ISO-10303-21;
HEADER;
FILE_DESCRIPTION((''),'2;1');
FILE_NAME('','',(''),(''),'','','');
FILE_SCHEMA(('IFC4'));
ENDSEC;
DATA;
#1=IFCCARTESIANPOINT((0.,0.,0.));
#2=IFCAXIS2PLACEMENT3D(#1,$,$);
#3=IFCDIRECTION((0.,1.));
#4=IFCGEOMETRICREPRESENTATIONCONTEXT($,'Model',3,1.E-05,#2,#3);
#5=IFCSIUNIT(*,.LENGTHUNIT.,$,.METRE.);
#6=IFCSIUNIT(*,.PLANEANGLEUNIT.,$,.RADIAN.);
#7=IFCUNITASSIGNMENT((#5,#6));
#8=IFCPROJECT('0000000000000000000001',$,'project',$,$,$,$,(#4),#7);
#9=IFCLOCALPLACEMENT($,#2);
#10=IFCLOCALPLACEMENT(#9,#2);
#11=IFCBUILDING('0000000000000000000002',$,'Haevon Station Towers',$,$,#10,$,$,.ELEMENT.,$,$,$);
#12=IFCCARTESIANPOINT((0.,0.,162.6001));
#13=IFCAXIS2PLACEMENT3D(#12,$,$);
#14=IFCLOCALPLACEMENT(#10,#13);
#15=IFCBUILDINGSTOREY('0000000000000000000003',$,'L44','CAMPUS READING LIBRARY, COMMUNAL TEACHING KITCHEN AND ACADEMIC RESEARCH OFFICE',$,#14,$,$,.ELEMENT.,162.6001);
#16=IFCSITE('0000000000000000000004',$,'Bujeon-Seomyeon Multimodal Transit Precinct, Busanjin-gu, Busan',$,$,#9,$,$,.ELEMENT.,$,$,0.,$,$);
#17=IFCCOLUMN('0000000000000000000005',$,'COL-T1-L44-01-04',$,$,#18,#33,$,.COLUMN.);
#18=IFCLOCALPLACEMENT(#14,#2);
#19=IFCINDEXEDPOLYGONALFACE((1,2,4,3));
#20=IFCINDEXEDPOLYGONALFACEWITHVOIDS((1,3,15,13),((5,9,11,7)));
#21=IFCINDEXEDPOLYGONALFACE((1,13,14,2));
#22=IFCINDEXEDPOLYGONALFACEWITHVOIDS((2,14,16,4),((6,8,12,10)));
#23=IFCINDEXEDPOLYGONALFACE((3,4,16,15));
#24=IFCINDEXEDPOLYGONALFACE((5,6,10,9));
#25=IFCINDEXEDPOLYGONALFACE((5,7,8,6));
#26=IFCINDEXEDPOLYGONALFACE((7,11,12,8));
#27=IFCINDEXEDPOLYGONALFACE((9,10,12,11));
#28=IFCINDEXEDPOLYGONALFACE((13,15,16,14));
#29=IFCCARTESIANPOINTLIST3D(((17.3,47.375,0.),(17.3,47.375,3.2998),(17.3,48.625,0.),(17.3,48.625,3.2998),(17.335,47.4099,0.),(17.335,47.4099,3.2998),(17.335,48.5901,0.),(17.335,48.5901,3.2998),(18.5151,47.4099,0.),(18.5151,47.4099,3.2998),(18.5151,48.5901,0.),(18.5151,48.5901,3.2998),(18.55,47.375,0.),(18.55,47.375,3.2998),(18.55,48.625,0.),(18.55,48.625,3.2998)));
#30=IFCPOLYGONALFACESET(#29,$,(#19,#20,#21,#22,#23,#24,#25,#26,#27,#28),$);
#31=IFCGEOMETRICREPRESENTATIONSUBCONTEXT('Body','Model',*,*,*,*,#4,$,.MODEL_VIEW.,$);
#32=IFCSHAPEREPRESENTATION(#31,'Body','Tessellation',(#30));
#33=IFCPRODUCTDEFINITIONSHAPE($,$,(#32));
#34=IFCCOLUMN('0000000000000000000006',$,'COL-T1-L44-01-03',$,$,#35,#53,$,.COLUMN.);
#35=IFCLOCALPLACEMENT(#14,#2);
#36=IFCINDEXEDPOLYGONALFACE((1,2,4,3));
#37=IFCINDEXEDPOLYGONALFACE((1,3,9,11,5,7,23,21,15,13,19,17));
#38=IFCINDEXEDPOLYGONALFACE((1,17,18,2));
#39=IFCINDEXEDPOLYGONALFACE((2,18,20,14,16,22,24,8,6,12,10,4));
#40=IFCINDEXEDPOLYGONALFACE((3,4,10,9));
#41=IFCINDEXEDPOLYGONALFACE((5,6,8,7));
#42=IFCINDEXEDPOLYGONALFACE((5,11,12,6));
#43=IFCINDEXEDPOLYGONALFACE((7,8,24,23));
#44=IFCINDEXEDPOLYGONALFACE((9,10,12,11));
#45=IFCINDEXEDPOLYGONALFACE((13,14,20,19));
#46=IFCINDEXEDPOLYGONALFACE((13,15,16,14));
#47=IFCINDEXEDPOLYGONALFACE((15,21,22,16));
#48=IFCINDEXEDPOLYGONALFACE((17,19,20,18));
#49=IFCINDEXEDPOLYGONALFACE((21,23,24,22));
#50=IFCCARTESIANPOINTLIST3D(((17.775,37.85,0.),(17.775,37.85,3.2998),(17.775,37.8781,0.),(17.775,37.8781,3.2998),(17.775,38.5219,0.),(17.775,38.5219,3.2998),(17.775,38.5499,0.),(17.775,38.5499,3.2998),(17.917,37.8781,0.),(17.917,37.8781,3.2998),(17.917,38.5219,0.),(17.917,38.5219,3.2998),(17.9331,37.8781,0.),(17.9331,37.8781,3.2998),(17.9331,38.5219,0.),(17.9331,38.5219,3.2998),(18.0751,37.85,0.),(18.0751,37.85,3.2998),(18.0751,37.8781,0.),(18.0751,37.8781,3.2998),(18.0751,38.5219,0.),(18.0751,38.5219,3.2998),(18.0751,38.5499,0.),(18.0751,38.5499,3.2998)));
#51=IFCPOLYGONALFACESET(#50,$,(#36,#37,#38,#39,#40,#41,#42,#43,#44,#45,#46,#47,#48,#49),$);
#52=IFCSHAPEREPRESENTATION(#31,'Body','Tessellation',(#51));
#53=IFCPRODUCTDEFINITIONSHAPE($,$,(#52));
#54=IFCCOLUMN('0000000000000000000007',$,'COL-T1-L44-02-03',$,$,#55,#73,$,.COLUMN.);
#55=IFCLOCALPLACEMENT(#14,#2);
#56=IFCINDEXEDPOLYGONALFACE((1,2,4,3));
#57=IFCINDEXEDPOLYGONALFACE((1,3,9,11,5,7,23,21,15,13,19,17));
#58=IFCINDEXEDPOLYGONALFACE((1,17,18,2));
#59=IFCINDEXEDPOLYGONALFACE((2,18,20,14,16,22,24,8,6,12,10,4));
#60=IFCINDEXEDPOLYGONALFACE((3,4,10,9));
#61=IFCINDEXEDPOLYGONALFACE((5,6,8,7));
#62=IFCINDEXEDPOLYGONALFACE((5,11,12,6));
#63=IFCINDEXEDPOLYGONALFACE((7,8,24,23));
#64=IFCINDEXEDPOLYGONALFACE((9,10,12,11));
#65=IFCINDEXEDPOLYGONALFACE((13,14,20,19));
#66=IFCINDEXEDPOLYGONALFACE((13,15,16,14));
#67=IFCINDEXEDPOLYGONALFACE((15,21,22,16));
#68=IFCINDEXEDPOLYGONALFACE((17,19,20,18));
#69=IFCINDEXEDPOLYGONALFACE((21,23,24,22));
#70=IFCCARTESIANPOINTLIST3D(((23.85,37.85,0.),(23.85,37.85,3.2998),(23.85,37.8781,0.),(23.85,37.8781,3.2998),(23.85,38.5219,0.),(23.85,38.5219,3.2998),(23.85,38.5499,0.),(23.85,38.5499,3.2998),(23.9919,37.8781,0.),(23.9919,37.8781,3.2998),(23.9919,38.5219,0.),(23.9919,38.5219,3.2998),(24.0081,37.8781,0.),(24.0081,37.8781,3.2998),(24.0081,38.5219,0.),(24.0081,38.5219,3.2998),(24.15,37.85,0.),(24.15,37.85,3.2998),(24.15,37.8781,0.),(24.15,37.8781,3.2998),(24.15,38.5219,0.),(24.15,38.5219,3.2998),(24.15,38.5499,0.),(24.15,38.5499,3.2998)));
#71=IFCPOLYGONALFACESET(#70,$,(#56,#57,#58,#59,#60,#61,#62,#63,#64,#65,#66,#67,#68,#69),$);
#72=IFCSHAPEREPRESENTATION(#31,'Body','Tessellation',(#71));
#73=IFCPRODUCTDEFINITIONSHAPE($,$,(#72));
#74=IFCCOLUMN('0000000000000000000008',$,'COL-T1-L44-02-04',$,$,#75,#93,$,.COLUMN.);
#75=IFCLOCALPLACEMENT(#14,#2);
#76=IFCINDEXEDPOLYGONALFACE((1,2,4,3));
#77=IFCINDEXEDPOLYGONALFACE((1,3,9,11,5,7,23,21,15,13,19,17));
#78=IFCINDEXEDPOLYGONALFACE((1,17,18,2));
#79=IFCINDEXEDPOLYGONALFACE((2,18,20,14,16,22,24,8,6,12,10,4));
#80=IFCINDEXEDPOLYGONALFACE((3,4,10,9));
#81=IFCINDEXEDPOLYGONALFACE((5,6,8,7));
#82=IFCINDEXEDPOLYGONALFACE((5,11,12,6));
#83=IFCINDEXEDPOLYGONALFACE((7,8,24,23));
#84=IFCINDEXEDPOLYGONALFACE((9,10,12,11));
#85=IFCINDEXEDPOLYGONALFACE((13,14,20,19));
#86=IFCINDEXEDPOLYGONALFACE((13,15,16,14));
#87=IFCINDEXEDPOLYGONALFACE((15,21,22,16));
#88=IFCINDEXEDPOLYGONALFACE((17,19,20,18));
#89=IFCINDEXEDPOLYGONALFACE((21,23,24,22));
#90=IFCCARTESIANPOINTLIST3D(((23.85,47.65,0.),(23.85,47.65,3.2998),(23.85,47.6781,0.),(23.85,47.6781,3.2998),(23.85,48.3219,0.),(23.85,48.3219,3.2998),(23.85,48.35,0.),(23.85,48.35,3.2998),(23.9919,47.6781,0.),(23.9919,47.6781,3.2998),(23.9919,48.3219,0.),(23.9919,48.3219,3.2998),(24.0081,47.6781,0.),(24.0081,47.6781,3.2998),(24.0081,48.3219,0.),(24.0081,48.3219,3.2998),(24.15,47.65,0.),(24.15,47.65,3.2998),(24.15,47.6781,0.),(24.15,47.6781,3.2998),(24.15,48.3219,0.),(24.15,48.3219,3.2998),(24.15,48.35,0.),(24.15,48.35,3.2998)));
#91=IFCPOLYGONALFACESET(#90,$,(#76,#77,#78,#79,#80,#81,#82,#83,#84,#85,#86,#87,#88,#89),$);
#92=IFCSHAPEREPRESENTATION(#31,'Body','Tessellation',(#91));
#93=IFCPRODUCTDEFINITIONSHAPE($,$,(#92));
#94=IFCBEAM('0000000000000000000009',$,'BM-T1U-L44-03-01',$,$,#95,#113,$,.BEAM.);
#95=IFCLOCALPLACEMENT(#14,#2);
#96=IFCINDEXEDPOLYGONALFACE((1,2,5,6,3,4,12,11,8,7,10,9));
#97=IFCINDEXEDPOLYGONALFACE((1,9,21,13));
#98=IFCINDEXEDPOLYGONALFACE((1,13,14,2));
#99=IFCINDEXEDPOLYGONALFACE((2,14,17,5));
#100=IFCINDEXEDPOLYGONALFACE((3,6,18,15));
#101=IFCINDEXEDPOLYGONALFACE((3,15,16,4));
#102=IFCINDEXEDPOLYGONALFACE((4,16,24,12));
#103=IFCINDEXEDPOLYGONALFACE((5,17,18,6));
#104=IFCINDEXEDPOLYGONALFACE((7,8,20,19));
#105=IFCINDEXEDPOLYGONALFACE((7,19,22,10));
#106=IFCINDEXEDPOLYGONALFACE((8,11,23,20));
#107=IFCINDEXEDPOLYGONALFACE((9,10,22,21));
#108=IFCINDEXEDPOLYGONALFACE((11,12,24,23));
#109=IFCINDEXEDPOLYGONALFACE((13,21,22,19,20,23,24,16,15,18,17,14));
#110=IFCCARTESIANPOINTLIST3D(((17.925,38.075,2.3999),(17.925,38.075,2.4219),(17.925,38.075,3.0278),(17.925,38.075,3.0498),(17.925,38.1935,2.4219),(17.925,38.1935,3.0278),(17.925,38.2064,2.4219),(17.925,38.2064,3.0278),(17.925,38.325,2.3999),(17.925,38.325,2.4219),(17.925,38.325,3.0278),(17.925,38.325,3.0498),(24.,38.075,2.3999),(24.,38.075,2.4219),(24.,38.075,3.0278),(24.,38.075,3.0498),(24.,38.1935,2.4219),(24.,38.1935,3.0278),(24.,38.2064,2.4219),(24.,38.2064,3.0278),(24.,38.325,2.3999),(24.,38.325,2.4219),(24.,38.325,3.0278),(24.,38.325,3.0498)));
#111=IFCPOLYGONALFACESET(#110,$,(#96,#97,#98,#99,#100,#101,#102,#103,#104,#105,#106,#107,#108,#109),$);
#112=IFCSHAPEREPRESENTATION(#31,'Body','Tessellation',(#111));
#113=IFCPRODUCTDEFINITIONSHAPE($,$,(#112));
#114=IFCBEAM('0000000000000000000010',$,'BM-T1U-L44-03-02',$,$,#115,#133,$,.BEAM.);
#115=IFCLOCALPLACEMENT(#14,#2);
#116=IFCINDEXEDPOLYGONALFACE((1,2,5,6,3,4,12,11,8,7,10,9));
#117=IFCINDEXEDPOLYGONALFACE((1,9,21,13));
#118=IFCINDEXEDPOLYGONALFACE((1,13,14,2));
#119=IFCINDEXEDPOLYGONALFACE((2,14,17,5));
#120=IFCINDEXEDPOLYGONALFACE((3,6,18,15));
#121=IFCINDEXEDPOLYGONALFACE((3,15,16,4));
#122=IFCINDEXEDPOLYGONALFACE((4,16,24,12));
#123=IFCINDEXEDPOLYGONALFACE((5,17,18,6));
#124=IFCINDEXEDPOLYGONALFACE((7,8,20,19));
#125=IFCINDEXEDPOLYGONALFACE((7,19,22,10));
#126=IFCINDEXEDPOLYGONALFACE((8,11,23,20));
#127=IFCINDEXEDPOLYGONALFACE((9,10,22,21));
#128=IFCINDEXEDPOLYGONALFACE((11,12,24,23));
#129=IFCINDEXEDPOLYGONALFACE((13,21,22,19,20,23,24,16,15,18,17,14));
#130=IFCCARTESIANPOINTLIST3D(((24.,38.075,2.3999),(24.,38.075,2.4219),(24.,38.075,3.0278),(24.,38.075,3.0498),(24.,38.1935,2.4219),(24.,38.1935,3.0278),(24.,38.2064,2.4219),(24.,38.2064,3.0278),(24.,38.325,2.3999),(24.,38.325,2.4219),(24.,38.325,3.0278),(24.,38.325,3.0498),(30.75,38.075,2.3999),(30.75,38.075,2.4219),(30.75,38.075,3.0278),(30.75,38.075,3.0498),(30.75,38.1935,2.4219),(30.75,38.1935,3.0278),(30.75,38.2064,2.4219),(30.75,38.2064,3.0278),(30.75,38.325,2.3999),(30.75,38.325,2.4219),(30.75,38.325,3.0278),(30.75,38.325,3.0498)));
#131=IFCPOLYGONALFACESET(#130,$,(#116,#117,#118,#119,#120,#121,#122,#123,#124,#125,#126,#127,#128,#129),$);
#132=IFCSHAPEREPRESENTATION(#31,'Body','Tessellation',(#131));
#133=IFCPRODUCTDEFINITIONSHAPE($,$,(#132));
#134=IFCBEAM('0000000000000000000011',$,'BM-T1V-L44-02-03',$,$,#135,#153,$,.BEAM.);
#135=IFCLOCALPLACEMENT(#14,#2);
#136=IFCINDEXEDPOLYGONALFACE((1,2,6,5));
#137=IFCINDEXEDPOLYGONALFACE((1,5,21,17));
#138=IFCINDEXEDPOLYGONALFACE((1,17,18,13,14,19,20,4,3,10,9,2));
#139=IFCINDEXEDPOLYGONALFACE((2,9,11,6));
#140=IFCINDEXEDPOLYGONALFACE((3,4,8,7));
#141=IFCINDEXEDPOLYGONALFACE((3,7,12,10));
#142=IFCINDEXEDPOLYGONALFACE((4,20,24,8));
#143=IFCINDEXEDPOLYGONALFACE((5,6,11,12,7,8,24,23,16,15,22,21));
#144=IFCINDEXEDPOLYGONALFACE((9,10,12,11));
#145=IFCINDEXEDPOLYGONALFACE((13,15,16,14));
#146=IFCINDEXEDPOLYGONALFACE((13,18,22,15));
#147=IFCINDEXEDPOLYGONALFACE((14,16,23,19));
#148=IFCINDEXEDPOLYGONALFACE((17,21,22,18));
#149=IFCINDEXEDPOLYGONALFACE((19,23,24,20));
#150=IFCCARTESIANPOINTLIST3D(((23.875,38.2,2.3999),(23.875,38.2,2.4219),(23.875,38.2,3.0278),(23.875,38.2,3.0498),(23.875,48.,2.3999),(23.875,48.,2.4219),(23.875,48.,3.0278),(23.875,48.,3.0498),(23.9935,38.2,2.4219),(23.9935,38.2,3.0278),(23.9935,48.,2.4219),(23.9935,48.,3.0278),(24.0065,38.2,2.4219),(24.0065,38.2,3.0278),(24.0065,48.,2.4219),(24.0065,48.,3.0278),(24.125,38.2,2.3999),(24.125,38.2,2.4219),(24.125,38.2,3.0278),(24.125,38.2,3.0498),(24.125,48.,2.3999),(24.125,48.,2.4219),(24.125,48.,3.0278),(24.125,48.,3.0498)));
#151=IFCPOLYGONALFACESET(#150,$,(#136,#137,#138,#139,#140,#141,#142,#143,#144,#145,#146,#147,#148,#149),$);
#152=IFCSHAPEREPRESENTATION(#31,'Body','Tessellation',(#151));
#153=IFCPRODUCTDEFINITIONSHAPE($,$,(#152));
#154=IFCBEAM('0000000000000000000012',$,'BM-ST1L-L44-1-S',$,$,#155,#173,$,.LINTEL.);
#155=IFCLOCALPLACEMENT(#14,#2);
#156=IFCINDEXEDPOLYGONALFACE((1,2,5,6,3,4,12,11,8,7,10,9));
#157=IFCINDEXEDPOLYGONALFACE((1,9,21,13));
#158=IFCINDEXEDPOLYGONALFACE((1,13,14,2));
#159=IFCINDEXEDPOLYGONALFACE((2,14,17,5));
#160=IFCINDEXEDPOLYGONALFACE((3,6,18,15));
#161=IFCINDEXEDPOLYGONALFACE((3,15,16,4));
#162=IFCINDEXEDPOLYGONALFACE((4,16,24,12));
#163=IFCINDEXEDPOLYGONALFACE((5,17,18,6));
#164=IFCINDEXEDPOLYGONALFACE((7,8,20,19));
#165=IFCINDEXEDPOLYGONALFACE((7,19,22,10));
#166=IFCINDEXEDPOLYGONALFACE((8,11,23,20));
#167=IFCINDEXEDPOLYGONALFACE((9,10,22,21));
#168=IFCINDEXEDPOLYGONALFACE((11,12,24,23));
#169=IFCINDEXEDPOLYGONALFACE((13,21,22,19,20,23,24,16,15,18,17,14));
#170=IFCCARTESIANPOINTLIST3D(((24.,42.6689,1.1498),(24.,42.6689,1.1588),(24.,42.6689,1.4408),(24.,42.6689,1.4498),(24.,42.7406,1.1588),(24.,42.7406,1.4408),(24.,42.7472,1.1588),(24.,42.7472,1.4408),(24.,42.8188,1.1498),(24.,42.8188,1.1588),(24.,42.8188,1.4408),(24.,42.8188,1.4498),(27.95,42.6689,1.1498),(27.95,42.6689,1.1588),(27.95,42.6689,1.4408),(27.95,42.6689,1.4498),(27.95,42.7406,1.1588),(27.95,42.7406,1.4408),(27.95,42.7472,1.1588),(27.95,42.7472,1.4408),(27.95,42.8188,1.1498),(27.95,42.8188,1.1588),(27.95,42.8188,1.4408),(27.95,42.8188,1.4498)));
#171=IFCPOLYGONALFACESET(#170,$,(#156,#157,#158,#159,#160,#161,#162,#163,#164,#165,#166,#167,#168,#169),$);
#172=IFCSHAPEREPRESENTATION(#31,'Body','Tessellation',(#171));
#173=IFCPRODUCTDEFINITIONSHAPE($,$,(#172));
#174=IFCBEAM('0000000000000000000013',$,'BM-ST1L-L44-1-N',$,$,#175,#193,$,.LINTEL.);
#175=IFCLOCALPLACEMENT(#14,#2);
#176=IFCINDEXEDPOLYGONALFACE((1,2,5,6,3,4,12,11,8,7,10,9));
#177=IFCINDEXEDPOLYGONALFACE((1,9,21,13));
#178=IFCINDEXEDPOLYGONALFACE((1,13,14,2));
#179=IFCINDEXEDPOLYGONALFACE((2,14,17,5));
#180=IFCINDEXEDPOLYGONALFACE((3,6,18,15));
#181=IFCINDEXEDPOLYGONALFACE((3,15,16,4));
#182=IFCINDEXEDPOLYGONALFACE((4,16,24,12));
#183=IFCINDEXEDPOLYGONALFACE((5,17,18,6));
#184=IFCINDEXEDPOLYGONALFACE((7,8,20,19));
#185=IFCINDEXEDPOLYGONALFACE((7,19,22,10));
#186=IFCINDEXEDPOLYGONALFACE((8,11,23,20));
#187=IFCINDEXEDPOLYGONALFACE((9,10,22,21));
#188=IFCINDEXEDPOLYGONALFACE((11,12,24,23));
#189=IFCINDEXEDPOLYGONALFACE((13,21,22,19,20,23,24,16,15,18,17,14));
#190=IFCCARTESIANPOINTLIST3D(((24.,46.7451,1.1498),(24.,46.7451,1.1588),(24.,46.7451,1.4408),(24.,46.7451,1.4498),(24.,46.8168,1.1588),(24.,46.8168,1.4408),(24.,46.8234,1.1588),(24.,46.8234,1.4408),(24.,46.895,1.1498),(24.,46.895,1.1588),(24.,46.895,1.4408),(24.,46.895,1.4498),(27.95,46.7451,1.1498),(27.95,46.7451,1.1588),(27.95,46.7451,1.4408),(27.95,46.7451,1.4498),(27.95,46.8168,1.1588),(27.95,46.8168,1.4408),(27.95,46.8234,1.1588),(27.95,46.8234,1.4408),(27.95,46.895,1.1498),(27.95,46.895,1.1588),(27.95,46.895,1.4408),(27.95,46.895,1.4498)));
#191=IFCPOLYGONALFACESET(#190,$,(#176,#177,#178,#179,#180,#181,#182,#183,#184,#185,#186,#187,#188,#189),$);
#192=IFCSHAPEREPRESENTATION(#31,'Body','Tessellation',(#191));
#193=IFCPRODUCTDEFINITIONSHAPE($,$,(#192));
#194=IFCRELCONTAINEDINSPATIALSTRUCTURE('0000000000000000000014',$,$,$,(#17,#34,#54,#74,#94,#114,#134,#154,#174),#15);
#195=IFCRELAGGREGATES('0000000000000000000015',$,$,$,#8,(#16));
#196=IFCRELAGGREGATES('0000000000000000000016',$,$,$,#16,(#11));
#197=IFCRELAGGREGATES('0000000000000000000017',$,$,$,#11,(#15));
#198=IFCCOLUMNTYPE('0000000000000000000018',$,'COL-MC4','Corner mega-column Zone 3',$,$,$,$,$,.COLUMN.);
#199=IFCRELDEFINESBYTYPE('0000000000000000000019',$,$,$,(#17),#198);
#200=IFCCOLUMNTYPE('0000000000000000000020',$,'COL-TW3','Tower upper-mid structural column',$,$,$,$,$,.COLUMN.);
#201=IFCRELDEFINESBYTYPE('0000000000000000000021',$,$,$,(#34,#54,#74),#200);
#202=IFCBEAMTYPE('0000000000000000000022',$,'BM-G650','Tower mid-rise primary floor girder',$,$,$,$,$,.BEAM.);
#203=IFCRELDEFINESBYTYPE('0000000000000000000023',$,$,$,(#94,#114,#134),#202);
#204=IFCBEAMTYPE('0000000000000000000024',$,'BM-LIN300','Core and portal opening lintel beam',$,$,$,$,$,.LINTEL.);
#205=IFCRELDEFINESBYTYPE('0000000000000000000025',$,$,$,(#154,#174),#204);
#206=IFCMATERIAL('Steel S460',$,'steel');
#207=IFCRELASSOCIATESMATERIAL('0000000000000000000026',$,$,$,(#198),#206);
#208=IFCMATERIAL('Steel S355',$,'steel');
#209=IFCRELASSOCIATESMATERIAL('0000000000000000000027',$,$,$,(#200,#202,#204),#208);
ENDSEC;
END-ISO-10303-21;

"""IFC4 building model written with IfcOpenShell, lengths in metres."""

from ifc_helpers import new_model, si_unit, direction, frame, origin, origin_2d, place, context, subcontext, project, spatial, hollow_rectangle, i_section, extrude, material, material_profile, profile_set, type_object, element, save


model = new_model("IFC4")

# Units and contexts
model_context = context("Model", 3, precision=1e-05, world=origin(), true_north=direction((0.0, 1.0)))
body_context = subcontext(model_context, "Body", "Model", "MODEL_VIEW")
ifc_project = project(units=[si_unit("LENGTHUNIT", "METRE"), si_unit("PLANEANGLEUNIT", "RADIAN")], contexts=[model_context])

# Site, building, storey
site_placement = place(None, origin())
site = spatial("IfcSite", under=ifc_project, at=site_placement, Name="Bujeon-Seomyeon Multimodal Transit Precinct, Busanjin-gu, Busan", CompositionType="ELEMENT", RefElevation=0.0)
building_placement = place(site_placement, origin())
building = spatial("IfcBuilding", under=site, at=building_placement, Name="Haevon Station Towers", CompositionType="ELEMENT")
storey_placement = place(building_placement, frame((0.0, 0.0, 162.6001)))
storey = spatial("IfcBuildingStorey", under=building, at=storey_placement, Name="L44", Description="CAMPUS READING LIBRARY, COMMUNAL TEACHING KITCHEN AND ACADEMIC RESEARCH OFFICE", CompositionType="ELEMENT", Elevation=162.6001)

# Columns
ifc_material_1 = material(Name="Steel S460", Category="steel")
ifc_material_profile_1 = material_profile(ifc_material_1, hollow_rectangle(XDim=1.25, YDim=1.25, WallThickness=0.0349, at=origin_2d()), Name="BOX-1250x1250x35")
ifc_profile_set_1 = profile_set([ifc_material_profile_1], Name="Steel S460")
column_type_1 = type_object("IfcColumnType", Name="COL-MC4", Description="Corner mega-column Zone 3", PredefinedType="COLUMN", material=ifc_profile_set_1)
column_placement = place(storey_placement, frame((17.925, 48.0, 0.0), z_axis=(0.0, 0.0, 1.0), x_axis=(1.0, 0.0, 0.0)))
element("IfcColumn", 1, at=column_placement, inside=storey, type_object=column_type_1, Name="COL-T1-L44-01-04", PredefinedType="COLUMN", context=body_context, shape_type="SweptSolid", body=[
    extrude(hollow_rectangle(XDim=1.25, YDim=1.25, WallThickness=0.0349, at=origin_2d()), origin(), (0.0, 0.0, 1.0), 3.2998),
])
ifc_material_2 = material(Name="Steel S355", Category="steel")
ifc_material_profile_2 = material_profile(ifc_material_2, i_section(OverallWidth=0.3, OverallDepth=0.7, WebThickness=0.0161, FlangeThickness=0.0281, at=origin_2d()), Name="H-700x300x16x28")
ifc_profile_set_2 = profile_set([ifc_material_profile_2], Name="Steel S355")
column_type_2 = type_object("IfcColumnType", Name="COL-TW3", Description="Tower upper-mid structural column", PredefinedType="COLUMN", material=ifc_profile_set_2)
for number, where, z_axis, x_axis, name in (
    (2, (17.925, 38.2, 0.0), (0.0, 0.0, 1.0), (1.0, 0.0, 0.0), "COL-T1-L44-01-03"),
    (3, (24.0, 38.2, 0.0), (0.0, 0.0, 1.0), (1.0, 0.0, 0.0), "COL-T1-L44-02-03"),
    (4, (24.0, 48.0, 0.0), (0.0, 0.0, 1.0), (1.0, 0.0, 0.0), "COL-T1-L44-02-04"),
):
    element("IfcColumn", number, at=place(storey_placement, frame(where, z_axis=z_axis, x_axis=x_axis)), inside=storey, type_object=column_type_2, Name=name, PredefinedType="COLUMN", context=body_context, shape_type="SweptSolid", body=[
        extrude(i_section(OverallWidth=0.3, OverallDepth=0.7, WebThickness=0.0161, FlangeThickness=0.0281, at=origin_2d()), origin(), (0.0, 0.0, 1.0), 3.2998),
    ])

# Beams
ifc_material_profile_3 = material_profile(ifc_material_2, i_section(OverallWidth=0.25, OverallDepth=0.6499, WebThickness=0.0129, FlangeThickness=0.022, at=origin_2d()), Name="H-650x250x13x22")
ifc_profile_set_3 = profile_set([ifc_material_profile_3], Name="Steel S355")
beam_type_1 = type_object("IfcBeamType", Name="BM-G650", Description="Tower mid-rise primary floor girder", PredefinedType="BEAM", material=ifc_profile_set_3)
beam_1_placement = place(storey_placement, frame((17.925, 38.2, 2.7249), z_axis=(1.0, 0.0, 0.0), x_axis=(0.0, 1.0, 0.0)))
element("IfcBeam", 5, at=beam_1_placement, inside=storey, type_object=beam_type_1, Name="BM-T1U-L44-03-01", PredefinedType="BEAM", context=body_context, shape_type="SweptSolid", body=[
    extrude(i_section(OverallWidth=0.25, OverallDepth=0.6499, WebThickness=0.0129, FlangeThickness=0.022, at=origin_2d()), origin(), (0.0, 0.0, 1.0), 6.075),
])
beam_2_placement = place(storey_placement, frame((24.0, 38.2, 2.7249), z_axis=(1.0, 0.0, 0.0), x_axis=(0.0, 1.0, 0.0)))
element("IfcBeam", 6, at=beam_2_placement, inside=storey, type_object=beam_type_1, Name="BM-T1U-L44-03-02", PredefinedType="BEAM", context=body_context, shape_type="SweptSolid", body=[
    extrude(i_section(OverallWidth=0.25, OverallDepth=0.6499, WebThickness=0.0129, FlangeThickness=0.022, at=origin_2d()), origin(), (0.0, 0.0, 1.0), 6.75),
])
beam_3_placement = place(storey_placement, frame((24.0, 38.2, 2.7249), z_axis=(0.0, 1.0, 0.0), x_axis=(-1.0, 0.0, 0.0)))
element("IfcBeam", 7, at=beam_3_placement, inside=storey, type_object=beam_type_1, Name="BM-T1V-L44-02-03", PredefinedType="BEAM", context=body_context, shape_type="SweptSolid", body=[
    extrude(i_section(OverallWidth=0.25, OverallDepth=0.6499, WebThickness=0.0129, FlangeThickness=0.022, at=origin_2d()), origin(), (0.0, 0.0, 1.0), 9.8),
])
ifc_material_profile_4 = material_profile(ifc_material_2, i_section(OverallWidth=0.1499, OverallDepth=0.3, WebThickness=0.0066, FlangeThickness=0.009, at=origin_2d()), Name="H-300x150x6.5x9")
ifc_profile_set_4 = profile_set([ifc_material_profile_4], Name="Steel S355")
beam_type_2 = type_object("IfcBeamType", Name="BM-LIN300", Description="Core and portal opening lintel beam", PredefinedType="LINTEL", material=ifc_profile_set_4)
for number, where, z_axis, x_axis, name in (
    (8, (24.0, 42.7439, 1.2998), (1.0, 0.0, 0.0), (0.0, 1.0, 0.0), "BM-ST1L-L44-1-S"),
    (9, (24.0, 46.8201, 1.2998), (1.0, 0.0, 0.0), (0.0, 1.0, 0.0), "BM-ST1L-L44-1-N"),
):
    element("IfcBeam", number, at=place(storey_placement, frame(where, z_axis=z_axis, x_axis=x_axis)), inside=storey, type_object=beam_type_2, Name=name, PredefinedType="LINTEL", context=body_context, shape_type="SweptSolid", body=[
        extrude(i_section(OverallWidth=0.1499, OverallDepth=0.3, WebThickness=0.0066, FlangeThickness=0.009, at=origin_2d()), origin(), (0.0, 0.0, 1.0), 3.95),
    ])

save(model, "model.ifc")
